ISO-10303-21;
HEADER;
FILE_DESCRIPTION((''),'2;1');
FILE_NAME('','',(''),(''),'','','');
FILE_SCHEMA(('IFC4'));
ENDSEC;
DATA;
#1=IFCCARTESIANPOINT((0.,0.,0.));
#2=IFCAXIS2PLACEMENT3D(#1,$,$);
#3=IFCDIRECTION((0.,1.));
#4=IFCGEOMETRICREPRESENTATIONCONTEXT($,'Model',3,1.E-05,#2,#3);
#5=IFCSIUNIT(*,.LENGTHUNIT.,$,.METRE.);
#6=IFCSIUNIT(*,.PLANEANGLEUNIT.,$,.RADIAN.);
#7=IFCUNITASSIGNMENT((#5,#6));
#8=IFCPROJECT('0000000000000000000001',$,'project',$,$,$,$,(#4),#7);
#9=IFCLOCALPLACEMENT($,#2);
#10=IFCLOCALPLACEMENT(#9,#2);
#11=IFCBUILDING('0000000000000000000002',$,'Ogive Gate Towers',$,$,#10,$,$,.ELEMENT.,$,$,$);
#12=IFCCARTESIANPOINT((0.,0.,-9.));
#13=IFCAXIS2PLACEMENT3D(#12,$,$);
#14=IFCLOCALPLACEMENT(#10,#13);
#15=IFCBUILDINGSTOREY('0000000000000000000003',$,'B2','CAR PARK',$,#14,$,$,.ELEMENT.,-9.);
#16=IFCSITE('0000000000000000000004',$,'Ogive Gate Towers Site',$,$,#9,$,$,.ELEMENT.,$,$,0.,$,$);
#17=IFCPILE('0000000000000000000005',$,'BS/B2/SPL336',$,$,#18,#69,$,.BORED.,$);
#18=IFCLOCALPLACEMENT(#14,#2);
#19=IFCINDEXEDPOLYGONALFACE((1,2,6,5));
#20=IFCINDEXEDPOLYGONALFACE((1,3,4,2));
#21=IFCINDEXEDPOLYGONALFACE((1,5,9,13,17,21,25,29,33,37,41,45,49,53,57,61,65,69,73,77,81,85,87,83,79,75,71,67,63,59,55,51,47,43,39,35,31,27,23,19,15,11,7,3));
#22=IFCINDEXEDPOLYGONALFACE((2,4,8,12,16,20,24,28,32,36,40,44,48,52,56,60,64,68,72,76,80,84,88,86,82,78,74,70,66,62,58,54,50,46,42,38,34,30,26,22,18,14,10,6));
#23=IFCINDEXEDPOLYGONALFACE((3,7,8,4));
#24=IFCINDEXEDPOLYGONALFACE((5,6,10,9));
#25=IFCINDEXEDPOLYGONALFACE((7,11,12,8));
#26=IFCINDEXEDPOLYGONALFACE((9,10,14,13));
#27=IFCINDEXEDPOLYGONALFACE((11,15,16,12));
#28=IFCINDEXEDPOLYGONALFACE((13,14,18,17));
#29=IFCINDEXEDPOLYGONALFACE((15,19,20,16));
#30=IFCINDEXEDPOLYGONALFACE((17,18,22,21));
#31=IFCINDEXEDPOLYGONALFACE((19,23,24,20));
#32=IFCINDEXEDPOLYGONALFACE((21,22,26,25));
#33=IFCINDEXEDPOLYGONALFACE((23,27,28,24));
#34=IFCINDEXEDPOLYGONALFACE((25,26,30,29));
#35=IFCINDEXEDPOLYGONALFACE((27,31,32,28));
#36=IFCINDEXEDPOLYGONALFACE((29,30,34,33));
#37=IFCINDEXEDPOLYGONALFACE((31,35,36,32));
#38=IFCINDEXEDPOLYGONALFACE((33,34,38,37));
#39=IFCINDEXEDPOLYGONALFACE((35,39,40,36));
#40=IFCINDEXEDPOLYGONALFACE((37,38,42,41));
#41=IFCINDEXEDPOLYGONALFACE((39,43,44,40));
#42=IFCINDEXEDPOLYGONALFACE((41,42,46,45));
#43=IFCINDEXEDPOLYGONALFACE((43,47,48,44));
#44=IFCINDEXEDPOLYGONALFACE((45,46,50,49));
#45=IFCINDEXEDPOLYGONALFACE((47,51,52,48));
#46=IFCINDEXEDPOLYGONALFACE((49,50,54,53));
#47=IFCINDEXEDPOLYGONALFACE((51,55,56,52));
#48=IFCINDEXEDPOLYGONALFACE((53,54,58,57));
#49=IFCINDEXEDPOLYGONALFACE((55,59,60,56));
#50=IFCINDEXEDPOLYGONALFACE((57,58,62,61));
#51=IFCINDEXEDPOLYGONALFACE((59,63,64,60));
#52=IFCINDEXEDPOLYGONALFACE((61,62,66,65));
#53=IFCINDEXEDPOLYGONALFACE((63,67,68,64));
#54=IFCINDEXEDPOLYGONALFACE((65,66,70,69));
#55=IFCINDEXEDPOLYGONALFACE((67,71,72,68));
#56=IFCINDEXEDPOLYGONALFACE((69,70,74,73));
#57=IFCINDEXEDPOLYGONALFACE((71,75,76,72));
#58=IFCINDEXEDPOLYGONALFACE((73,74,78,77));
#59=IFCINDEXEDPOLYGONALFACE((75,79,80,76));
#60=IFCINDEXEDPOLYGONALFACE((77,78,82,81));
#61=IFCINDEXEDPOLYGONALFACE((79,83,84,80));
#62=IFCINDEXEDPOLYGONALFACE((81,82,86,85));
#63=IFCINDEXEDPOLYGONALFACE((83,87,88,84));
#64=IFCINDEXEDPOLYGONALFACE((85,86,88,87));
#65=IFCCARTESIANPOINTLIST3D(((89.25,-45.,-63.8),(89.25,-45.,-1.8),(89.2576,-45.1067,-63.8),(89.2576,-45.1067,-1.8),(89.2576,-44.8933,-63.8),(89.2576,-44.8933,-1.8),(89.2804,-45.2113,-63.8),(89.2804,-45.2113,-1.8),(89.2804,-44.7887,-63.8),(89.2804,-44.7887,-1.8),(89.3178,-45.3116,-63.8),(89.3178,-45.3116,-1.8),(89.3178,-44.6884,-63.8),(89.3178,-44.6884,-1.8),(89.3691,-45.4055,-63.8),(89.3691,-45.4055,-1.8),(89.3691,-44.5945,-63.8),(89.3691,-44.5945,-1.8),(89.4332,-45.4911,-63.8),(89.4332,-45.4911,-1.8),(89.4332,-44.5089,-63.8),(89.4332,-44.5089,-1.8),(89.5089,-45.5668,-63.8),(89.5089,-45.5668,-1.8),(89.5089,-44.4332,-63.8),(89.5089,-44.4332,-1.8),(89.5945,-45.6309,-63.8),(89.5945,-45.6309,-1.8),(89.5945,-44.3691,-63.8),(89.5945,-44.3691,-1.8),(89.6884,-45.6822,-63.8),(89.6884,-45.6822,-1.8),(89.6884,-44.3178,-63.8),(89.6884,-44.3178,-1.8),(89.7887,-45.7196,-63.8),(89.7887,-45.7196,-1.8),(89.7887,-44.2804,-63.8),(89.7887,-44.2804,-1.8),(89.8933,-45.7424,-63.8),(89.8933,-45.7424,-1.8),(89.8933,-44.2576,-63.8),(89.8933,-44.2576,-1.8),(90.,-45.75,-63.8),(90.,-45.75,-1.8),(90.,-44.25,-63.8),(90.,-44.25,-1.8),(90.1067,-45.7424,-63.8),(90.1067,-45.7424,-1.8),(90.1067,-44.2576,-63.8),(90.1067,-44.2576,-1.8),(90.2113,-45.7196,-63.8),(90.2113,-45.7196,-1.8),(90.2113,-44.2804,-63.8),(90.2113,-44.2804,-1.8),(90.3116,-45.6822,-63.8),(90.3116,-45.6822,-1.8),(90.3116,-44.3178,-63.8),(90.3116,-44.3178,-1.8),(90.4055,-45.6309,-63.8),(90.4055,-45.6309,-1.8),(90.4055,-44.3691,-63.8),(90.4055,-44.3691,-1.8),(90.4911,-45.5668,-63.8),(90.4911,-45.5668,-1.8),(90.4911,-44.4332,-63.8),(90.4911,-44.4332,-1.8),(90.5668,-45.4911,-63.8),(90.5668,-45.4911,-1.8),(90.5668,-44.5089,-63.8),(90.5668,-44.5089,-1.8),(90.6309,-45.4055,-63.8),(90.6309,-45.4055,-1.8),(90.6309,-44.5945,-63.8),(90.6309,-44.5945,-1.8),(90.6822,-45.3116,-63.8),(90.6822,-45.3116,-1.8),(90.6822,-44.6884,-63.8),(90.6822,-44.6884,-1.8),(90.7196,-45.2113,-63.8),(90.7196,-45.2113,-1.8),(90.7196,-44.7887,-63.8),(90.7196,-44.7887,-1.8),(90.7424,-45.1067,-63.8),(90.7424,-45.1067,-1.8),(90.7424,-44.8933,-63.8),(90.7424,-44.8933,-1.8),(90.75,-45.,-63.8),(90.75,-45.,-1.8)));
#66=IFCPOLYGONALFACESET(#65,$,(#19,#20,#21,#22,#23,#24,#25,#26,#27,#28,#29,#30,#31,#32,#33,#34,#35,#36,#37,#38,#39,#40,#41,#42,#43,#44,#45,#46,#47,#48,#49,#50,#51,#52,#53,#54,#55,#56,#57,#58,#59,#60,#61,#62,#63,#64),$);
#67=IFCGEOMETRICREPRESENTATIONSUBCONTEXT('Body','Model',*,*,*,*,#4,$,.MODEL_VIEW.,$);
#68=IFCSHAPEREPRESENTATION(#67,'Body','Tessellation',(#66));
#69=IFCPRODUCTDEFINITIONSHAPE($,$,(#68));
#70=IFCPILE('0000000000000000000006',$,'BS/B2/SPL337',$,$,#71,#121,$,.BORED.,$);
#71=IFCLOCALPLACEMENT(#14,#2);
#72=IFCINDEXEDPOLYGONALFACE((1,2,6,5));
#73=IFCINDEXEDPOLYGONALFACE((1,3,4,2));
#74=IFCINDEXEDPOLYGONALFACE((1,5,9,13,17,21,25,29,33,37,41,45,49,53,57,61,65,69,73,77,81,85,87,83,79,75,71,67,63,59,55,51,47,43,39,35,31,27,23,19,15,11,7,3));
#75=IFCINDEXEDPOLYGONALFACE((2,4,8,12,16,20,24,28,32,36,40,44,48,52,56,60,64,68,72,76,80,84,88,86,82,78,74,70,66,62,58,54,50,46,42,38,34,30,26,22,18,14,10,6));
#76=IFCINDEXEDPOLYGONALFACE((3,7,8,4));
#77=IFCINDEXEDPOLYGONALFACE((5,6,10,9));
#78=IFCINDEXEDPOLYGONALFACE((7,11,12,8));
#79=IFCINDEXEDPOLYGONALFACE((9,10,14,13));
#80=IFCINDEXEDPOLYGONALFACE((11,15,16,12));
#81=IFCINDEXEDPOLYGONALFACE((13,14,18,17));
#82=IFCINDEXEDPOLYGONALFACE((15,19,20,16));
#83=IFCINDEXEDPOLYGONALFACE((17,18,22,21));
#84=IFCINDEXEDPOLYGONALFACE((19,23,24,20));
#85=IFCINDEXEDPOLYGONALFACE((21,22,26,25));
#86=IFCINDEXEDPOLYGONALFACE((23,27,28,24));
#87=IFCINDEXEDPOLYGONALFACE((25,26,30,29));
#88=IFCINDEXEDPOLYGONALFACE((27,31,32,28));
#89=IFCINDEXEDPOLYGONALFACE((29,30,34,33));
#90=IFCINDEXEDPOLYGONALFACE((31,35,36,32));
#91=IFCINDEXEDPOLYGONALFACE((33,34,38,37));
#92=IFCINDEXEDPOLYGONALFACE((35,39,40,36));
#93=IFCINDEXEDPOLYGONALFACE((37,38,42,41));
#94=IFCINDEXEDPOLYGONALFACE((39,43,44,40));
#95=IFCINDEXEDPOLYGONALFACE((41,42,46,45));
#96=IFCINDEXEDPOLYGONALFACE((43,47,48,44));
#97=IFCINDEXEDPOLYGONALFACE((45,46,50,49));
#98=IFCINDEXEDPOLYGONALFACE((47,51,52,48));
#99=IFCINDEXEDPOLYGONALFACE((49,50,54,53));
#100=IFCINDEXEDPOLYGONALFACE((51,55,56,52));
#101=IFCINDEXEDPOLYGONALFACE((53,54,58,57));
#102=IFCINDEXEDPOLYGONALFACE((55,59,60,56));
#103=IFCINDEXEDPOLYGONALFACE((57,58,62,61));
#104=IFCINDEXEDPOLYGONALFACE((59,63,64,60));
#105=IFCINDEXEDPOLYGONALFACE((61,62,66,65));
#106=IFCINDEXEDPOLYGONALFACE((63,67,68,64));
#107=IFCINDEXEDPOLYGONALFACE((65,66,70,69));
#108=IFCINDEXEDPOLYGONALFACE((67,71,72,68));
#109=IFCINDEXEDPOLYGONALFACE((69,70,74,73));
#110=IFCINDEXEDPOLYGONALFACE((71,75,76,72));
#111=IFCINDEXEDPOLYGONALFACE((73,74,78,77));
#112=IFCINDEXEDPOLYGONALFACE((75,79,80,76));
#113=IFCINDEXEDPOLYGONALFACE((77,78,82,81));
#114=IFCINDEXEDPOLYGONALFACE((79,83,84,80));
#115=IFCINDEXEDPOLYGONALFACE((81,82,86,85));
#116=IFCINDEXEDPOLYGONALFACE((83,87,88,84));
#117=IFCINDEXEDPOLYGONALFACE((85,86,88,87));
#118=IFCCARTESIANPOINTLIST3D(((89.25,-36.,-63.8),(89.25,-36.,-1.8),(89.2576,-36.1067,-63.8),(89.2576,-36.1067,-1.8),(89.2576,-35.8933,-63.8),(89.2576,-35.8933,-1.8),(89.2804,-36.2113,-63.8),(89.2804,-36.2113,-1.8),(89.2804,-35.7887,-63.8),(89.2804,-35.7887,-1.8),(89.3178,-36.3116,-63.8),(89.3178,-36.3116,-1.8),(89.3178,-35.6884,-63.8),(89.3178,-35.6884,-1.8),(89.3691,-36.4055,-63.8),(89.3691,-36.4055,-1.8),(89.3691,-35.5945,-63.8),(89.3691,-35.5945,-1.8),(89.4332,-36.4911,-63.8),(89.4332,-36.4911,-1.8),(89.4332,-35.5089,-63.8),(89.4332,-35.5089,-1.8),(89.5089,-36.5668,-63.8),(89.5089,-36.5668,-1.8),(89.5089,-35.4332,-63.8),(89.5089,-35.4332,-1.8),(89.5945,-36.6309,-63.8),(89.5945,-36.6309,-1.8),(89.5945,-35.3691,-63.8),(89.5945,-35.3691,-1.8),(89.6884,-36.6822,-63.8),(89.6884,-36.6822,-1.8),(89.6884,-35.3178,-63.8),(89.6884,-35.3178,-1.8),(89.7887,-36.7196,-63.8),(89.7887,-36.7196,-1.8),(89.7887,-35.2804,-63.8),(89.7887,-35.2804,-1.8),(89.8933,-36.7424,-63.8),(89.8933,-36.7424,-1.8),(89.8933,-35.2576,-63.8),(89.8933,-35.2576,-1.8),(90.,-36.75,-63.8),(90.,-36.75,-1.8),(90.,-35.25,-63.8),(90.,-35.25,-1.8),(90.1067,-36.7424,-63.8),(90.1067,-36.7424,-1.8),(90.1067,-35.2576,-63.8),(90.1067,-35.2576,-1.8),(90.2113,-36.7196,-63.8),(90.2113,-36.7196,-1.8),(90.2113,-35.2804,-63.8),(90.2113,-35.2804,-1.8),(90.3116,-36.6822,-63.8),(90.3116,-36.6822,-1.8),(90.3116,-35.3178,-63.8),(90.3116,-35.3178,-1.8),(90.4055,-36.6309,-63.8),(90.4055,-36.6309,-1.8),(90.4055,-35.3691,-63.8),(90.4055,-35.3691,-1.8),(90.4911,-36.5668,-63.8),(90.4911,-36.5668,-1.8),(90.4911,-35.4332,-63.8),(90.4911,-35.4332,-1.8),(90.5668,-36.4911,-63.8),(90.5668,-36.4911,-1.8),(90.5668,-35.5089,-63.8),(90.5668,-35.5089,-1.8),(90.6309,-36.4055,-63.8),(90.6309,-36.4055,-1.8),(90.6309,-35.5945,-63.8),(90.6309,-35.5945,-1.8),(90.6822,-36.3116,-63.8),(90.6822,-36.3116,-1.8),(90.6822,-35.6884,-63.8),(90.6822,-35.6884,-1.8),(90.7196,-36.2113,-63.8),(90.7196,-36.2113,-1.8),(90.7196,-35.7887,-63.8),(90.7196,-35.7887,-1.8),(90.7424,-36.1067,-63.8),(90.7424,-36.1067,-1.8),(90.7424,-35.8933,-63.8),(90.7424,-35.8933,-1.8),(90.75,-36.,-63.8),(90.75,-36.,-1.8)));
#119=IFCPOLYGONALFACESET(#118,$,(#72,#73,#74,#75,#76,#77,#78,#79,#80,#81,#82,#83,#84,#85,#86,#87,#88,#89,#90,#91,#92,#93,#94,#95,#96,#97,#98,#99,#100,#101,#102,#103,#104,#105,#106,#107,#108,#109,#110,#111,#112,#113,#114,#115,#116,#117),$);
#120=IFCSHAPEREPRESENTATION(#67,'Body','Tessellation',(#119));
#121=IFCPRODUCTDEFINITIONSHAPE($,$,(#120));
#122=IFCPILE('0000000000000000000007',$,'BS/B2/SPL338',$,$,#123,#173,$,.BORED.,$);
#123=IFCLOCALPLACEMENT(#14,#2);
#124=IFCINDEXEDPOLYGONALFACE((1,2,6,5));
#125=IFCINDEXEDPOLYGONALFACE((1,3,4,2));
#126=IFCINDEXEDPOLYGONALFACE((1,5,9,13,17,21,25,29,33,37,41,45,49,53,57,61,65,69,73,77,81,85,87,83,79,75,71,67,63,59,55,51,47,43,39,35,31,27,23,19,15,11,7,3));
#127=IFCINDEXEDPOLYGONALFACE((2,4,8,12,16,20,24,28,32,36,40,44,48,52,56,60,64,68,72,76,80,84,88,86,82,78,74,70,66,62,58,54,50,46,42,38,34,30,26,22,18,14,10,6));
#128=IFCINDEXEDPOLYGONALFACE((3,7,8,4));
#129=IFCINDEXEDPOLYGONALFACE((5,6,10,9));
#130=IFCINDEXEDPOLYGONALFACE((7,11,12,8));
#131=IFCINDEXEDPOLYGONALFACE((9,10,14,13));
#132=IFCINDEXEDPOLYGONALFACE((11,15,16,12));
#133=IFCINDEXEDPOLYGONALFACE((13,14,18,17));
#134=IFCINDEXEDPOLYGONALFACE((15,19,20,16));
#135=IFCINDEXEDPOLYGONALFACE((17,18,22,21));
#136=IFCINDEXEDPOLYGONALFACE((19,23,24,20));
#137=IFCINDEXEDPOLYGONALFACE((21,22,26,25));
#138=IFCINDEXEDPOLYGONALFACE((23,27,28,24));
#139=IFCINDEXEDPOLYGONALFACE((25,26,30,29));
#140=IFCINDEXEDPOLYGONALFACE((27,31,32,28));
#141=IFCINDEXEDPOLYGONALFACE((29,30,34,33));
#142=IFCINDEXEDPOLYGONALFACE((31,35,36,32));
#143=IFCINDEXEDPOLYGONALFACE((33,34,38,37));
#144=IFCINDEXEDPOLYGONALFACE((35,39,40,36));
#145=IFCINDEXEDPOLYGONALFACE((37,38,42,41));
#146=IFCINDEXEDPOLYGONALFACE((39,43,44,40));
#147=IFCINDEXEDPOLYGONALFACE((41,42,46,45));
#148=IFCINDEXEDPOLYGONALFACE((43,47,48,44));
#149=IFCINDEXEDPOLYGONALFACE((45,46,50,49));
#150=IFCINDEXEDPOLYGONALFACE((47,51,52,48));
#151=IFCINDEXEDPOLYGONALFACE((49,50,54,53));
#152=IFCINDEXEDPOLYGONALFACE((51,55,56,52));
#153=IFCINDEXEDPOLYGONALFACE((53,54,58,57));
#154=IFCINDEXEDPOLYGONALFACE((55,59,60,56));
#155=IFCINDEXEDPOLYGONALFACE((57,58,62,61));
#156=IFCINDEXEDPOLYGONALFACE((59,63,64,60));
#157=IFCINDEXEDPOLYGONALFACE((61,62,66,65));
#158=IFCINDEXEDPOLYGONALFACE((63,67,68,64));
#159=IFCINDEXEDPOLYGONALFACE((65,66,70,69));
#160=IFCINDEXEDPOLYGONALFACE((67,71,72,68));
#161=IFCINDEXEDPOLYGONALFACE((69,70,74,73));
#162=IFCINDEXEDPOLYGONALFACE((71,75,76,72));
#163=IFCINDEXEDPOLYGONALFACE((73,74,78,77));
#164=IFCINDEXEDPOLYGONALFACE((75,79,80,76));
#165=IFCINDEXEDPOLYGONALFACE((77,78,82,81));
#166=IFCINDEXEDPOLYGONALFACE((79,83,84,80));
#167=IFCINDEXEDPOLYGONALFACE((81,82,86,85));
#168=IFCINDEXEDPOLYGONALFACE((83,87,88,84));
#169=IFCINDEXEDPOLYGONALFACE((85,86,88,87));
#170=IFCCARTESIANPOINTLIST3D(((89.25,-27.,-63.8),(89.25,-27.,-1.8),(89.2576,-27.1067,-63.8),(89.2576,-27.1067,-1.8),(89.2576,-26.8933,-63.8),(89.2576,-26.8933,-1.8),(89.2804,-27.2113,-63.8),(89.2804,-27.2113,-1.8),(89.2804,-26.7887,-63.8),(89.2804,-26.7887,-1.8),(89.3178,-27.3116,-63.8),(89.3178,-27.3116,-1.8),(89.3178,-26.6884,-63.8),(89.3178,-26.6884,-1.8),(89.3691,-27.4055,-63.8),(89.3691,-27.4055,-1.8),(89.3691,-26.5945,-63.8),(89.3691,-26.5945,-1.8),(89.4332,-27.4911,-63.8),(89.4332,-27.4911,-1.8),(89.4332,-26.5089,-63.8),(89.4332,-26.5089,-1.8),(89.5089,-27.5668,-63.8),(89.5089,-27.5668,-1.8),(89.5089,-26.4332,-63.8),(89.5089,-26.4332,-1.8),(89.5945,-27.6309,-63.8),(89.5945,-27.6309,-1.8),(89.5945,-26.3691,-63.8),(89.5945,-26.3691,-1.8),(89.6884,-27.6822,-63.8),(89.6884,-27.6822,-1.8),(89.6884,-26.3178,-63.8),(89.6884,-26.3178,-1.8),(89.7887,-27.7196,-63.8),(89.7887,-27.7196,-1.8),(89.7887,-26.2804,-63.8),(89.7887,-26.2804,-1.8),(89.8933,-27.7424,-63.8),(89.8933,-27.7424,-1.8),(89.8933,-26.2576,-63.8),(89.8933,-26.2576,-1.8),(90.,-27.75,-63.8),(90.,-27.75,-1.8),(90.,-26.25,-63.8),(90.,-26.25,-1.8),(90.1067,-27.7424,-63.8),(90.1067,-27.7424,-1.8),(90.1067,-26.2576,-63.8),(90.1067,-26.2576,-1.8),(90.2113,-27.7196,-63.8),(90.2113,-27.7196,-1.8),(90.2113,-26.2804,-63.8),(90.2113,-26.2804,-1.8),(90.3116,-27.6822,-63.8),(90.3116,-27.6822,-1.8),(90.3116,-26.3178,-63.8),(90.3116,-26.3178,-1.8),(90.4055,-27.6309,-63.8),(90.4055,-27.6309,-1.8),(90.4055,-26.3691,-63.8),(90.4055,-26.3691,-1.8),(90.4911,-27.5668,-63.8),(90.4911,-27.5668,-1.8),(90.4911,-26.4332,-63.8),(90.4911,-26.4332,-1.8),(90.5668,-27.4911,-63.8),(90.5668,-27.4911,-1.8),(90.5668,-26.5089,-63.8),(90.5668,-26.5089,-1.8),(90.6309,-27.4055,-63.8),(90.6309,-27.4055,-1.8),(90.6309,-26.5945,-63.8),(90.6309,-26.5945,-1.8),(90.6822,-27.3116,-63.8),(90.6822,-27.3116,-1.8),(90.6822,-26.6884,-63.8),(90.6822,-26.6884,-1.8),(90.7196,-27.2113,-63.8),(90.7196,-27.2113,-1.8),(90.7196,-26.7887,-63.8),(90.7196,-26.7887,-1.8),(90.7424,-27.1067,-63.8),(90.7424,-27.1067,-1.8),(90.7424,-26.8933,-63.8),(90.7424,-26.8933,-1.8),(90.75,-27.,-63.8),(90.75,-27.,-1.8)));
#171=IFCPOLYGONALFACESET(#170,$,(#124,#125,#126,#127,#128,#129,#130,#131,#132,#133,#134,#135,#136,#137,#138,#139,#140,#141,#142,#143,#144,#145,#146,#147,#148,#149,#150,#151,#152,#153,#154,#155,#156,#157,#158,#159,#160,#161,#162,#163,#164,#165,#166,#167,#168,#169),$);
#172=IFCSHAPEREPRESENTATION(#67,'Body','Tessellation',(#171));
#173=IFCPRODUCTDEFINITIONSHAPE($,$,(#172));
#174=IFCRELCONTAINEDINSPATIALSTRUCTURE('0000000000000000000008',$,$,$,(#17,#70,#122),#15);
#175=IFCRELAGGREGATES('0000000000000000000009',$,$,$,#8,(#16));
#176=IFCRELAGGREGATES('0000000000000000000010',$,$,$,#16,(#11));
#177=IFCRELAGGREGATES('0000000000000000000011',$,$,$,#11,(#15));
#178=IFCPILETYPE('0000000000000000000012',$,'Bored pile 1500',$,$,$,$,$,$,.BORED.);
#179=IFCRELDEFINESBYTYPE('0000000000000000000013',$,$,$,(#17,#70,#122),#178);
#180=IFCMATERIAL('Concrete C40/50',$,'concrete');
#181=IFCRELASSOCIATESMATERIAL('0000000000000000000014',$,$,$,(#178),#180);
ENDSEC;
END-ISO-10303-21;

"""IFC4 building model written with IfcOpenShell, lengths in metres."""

from ifc_helpers import new_model, si_unit, direction, frame, origin, origin_2d, place, context, subcontext, project, spatial, circle, extrude, material, material_profile, profile_set, type_object, element, save


model = new_model("IFC4")

# Units and contexts
model_context = context("Model", 3, precision=1e-05, world=origin(), true_north=direction((0.0, 1.0)))
body_context = subcontext(model_context, "Body", "Model", "MODEL_VIEW")
ifc_project = project(units=[si_unit("LENGTHUNIT", "METRE"), si_unit("PLANEANGLEUNIT", "RADIAN")], contexts=[model_context])

# Site, building, storey
site_placement = place(None, origin())
site = spatial("IfcSite", under=ifc_project, at=site_placement, Name="Ogive Gate Towers Site", CompositionType="ELEMENT", RefElevation=0.0)
building_placement = place(site_placement, origin())
building = spatial("IfcBuilding", under=site, at=building_placement, Name="Ogive Gate Towers", CompositionType="ELEMENT")
storey_placement = place(building_placement, frame((0.0, 0.0, -9.0)))
storey = spatial("IfcBuildingStorey", under=building, at=storey_placement, Name="B2", Description="CAR PARK", CompositionType="ELEMENT", Elevation=-9.0)

# Piles
ifc_material_1 = material(Name="Concrete C40/50", Category="concrete")
ifc_material_profile_1 = material_profile(ifc_material_1, circle(Radius=0.75, at=origin_2d()), Name="BP 1500")
ifc_profile_set_1 = profile_set([ifc_material_profile_1], Name="Concrete C40/50")
pile_type = type_object("IfcPileType", Name="Bored pile 1500", PredefinedType="BORED", material=ifc_profile_set_1)
for number, where, z_axis, x_axis, name in (
    (1, (90.0, -45.0, -1.8), (0.0, 0.0, -1.0), (1.0, 0.0, 0.0), "BS/B2/SPL336"),
    (2, (90.0, -36.0, -1.8), (0.0, 0.0, -1.0), (1.0, 0.0, 0.0), "BS/B2/SPL337"),
    (3, (90.0, -27.0, -1.8), (0.0, 0.0, -1.0), (1.0, 0.0, 0.0), "BS/B2/SPL338"),
):
    element("IfcPile", number, at=place(storey_placement, frame(where, z_axis=z_axis, x_axis=x_axis)), inside=storey, type_object=pile_type, Name=name, PredefinedType="BORED", context=body_context, shape_type="SweptSolid", body=[
        extrude(circle(Radius=0.75, at=origin_2d()), origin(), (0.0, 0.0, 1.0), 62.0),
    ])

save(model, "model.ifc")
